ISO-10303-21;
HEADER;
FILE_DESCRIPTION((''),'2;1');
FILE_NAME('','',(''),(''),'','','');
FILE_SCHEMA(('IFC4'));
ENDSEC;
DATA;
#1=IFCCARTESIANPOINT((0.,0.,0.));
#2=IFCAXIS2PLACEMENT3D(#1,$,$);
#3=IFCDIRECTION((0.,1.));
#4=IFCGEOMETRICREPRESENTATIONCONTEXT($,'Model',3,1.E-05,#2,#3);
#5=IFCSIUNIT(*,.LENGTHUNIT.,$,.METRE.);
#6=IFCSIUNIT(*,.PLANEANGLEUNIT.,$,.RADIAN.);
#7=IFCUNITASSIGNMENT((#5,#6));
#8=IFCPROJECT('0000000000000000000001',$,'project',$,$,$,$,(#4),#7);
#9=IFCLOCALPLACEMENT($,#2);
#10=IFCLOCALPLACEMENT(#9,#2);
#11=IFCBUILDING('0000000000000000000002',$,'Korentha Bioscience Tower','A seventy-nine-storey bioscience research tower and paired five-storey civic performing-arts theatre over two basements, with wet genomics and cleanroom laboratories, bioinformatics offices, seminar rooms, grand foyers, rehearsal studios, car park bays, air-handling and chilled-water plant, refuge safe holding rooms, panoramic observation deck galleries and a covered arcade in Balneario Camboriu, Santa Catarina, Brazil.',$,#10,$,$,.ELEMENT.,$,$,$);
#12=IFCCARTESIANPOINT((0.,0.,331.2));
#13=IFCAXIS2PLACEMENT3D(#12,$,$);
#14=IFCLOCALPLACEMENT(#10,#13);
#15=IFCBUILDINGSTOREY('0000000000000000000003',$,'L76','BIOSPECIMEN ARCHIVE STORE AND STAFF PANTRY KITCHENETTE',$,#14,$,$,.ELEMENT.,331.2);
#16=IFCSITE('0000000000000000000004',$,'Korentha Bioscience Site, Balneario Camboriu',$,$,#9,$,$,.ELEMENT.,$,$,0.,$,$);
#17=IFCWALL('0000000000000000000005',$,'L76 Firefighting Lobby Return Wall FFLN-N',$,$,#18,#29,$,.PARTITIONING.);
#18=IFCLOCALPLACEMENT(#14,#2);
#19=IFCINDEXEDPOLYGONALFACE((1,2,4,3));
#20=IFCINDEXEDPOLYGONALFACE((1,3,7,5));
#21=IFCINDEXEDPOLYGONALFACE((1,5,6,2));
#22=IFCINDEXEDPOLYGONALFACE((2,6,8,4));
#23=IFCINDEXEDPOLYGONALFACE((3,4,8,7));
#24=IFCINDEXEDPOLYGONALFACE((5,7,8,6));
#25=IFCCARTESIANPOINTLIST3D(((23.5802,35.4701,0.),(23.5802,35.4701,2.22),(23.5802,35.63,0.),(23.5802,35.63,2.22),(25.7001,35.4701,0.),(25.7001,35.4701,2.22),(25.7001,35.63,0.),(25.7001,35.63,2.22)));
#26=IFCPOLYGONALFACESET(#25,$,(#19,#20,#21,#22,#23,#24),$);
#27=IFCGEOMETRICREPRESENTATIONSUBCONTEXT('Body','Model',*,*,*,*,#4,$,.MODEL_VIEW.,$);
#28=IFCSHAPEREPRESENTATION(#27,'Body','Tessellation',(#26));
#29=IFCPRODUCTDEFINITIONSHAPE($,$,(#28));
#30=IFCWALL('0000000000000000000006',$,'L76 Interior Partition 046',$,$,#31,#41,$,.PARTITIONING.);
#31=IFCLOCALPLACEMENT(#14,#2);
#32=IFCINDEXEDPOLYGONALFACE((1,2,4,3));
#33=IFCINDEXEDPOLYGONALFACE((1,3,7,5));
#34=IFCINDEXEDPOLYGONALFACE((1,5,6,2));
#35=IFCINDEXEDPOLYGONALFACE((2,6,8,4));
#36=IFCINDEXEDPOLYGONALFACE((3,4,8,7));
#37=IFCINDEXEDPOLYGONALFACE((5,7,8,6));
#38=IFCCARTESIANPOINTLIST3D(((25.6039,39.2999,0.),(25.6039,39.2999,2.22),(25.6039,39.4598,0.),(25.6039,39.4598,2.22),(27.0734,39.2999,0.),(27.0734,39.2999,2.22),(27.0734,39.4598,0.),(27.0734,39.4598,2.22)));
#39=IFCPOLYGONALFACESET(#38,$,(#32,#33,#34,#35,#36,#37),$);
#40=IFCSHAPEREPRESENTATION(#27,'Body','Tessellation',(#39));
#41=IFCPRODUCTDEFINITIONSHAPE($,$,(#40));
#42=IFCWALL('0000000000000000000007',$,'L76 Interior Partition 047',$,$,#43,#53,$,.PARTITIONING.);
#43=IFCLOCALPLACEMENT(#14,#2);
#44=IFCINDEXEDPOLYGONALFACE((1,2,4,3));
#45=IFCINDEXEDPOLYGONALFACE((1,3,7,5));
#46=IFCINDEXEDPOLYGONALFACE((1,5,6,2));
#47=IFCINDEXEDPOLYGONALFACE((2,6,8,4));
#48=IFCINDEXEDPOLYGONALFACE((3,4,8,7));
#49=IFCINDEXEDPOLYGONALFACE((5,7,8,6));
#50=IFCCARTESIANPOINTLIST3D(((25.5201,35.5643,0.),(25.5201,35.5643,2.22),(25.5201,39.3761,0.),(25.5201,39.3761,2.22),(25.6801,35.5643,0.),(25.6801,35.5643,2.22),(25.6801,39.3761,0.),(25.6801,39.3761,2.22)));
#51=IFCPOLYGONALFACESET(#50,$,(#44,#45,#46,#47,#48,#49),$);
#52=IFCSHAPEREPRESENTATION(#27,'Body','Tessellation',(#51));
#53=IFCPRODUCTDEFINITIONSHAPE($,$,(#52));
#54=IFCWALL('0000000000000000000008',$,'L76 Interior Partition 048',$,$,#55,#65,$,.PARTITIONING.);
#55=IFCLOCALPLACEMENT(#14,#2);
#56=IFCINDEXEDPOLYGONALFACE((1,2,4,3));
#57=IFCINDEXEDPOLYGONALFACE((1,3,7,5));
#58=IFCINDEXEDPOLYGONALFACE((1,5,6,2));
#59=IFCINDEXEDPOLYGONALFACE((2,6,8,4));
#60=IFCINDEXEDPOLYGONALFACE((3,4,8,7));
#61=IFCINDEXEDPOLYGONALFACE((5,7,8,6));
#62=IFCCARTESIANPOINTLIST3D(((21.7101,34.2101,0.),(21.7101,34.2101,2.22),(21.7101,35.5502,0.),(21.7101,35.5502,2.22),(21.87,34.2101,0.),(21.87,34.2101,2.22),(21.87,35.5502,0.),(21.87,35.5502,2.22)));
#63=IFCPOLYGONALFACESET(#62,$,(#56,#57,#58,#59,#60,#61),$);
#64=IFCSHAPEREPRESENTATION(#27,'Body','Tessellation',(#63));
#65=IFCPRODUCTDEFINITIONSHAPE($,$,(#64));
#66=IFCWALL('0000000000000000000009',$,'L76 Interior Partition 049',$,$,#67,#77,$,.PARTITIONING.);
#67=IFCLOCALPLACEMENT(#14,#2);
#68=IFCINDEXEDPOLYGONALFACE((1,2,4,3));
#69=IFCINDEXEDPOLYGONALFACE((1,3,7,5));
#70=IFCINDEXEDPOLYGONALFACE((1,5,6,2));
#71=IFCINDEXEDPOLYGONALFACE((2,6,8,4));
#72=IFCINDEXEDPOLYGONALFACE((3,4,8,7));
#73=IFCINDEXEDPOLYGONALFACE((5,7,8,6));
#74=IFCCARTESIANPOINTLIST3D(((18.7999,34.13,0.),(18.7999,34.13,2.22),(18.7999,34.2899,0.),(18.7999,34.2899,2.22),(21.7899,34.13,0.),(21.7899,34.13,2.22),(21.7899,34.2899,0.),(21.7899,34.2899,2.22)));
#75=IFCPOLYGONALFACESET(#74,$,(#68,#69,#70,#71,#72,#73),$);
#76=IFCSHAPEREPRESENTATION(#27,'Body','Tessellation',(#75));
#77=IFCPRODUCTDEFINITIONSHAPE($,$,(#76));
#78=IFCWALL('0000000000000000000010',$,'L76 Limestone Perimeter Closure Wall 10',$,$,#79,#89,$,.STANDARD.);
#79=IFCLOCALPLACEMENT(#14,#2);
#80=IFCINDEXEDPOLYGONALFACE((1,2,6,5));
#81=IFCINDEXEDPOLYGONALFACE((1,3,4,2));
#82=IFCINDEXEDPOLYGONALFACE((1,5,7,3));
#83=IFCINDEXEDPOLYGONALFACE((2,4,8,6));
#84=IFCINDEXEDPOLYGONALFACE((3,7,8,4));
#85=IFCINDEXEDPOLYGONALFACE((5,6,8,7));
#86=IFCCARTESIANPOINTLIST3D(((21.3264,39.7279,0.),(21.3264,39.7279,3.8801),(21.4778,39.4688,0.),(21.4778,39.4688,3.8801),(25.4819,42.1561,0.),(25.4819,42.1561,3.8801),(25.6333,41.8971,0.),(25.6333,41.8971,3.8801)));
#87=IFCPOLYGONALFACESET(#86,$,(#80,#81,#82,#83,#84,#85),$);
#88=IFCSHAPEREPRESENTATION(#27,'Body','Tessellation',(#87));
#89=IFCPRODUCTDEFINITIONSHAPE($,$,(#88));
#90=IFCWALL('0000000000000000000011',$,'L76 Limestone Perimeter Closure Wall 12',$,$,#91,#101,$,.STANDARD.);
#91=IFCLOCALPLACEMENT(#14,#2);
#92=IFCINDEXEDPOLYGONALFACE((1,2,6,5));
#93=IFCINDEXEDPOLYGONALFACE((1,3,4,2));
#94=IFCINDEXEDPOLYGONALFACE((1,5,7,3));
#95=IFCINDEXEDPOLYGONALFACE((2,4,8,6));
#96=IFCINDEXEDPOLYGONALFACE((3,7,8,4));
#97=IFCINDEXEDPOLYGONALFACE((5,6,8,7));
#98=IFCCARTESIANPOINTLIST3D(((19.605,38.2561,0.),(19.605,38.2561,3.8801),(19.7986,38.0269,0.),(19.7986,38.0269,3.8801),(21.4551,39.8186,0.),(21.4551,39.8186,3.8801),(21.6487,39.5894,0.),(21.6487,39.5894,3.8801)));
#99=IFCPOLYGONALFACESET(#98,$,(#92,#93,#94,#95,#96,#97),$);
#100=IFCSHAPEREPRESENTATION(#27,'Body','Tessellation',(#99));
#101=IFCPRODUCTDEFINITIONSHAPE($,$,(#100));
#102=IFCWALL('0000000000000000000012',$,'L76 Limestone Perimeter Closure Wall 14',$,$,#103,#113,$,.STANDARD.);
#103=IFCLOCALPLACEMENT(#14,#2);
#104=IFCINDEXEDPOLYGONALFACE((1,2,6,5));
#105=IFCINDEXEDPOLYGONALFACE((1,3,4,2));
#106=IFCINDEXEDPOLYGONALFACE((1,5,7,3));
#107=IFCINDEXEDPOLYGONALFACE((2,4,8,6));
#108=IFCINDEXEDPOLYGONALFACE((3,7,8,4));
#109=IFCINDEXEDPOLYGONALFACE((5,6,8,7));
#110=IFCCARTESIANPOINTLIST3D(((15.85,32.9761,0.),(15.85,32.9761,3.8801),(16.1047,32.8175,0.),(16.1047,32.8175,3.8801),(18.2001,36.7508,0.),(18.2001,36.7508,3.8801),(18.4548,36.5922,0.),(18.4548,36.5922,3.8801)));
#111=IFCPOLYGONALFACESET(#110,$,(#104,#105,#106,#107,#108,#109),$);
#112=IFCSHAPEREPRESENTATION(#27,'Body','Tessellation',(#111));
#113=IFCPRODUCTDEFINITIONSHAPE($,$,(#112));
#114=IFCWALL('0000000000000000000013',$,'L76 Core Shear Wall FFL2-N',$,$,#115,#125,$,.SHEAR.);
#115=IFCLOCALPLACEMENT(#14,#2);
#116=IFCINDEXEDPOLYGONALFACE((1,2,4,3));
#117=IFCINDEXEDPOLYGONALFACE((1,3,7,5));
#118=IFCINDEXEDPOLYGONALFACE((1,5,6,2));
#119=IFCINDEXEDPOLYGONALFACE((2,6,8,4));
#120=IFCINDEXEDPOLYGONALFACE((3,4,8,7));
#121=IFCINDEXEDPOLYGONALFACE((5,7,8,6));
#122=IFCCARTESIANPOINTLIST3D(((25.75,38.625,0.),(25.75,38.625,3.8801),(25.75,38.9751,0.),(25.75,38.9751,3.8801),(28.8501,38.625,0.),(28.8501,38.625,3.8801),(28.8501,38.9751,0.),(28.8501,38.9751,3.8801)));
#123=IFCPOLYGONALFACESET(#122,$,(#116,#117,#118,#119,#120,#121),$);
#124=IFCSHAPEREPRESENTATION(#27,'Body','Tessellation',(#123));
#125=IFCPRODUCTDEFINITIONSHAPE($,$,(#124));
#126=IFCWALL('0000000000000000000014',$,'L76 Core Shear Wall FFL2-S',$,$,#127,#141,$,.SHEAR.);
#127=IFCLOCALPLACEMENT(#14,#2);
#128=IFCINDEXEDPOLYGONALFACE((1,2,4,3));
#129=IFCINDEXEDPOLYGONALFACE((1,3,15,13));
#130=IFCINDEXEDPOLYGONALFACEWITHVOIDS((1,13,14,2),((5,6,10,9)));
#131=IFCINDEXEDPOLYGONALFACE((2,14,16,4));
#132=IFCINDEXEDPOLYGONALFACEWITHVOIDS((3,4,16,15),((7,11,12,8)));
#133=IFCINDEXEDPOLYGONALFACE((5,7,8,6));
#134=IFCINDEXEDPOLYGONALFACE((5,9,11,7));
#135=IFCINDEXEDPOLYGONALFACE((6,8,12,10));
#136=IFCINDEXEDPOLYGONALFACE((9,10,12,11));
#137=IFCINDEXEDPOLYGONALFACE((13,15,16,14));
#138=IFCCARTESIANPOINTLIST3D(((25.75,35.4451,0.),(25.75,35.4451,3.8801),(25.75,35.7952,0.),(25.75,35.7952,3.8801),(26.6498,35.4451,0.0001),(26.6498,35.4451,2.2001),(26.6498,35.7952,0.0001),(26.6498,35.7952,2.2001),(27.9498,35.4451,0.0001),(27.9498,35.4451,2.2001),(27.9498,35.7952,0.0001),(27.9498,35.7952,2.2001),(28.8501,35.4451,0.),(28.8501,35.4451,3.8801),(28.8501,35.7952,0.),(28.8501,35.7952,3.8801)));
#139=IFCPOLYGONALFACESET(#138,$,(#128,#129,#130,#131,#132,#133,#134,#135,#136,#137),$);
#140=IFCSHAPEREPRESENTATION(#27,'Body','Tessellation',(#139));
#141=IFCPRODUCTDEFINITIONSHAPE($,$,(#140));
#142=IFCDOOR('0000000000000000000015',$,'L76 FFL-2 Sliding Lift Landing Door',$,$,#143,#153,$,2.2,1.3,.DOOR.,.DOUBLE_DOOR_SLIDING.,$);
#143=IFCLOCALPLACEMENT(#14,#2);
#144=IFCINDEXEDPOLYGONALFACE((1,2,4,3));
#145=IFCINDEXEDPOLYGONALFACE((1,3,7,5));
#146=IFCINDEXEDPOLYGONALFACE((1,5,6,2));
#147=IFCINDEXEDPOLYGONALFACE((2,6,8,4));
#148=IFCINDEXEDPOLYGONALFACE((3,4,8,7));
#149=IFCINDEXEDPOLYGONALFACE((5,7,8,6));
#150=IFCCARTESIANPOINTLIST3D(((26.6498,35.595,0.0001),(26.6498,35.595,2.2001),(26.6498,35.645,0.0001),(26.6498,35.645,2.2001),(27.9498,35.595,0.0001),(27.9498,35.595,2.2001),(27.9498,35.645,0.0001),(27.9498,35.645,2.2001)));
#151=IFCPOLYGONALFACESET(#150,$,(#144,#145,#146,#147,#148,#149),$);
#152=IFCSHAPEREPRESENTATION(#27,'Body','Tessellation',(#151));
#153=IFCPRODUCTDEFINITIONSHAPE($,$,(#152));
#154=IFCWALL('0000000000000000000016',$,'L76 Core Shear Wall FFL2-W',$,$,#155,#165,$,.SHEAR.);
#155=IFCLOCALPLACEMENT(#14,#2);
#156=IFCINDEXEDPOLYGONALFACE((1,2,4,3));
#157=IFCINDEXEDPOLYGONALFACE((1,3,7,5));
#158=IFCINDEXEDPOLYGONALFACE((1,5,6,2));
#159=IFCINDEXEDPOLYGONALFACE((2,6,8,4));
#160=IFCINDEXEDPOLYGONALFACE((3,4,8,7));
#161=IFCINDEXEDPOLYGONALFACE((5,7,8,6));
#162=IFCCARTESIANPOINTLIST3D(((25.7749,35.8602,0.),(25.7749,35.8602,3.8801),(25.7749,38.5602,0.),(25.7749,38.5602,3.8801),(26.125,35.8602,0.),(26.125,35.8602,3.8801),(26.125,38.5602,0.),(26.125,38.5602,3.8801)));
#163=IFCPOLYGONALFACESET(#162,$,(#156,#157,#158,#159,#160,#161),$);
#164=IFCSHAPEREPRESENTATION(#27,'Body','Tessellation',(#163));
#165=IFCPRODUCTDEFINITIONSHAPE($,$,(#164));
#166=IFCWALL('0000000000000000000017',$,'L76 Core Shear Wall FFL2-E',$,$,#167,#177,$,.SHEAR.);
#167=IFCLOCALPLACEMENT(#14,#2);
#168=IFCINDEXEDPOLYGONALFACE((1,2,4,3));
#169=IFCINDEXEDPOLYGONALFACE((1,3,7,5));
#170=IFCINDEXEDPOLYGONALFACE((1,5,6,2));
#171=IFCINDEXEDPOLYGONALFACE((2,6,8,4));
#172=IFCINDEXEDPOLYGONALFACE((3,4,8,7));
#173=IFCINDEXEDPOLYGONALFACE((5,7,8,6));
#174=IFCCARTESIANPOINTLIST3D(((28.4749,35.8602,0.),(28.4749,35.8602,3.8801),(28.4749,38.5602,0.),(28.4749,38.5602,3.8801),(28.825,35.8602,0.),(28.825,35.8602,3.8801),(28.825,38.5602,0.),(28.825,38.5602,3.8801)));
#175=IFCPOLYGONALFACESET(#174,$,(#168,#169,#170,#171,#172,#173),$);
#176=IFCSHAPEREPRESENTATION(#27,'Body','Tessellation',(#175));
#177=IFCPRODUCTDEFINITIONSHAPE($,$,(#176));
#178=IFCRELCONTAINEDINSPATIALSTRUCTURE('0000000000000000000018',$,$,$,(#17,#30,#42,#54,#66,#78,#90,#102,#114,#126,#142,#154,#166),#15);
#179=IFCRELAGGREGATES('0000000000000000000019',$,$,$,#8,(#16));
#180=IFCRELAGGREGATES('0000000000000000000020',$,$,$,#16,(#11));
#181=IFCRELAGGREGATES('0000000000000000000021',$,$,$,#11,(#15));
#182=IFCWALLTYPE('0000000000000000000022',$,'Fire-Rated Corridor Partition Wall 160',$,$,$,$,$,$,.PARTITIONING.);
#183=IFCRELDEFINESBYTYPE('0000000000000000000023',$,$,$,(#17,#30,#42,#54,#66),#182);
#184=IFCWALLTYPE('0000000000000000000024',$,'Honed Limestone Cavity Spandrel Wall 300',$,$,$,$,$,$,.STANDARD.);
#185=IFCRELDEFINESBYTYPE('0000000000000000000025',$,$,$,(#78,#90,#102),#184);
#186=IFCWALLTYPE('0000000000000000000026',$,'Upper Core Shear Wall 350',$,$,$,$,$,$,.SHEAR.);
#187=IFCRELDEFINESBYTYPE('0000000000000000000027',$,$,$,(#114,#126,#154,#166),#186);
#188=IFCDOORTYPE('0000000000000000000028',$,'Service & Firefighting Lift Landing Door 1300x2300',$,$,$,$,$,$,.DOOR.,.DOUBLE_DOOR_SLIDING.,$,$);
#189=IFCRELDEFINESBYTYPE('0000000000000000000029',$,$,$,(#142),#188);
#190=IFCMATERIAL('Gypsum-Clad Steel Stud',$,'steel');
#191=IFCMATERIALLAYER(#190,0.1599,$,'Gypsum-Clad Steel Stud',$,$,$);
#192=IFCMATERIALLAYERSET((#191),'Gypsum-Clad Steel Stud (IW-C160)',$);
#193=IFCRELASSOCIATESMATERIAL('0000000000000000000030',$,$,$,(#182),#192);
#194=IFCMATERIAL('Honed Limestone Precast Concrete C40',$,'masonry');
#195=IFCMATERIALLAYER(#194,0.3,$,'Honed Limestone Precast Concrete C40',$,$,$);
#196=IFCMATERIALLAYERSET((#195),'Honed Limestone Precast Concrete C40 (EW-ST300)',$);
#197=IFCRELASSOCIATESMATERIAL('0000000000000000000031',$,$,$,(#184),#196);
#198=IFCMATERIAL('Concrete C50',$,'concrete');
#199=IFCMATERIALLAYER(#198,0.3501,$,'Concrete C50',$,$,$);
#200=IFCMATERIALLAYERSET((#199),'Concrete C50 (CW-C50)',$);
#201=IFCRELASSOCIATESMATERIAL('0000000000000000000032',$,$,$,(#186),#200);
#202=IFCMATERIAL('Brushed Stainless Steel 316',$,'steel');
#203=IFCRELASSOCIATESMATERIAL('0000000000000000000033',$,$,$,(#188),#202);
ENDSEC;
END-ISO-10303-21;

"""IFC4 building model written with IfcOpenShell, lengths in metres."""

from ifc_helpers import new_model, si_unit, direction, frame, frame_2d, origin, place, context, subcontext, project, spatial, rectangle, extrude, material, layer, layer_set, type_object, element, fill, save


model = new_model("IFC4")

# Units and contexts
model_context = context("Model", 3, precision=1e-05, world=origin(), true_north=direction((0.0, 1.0)))
body_context = subcontext(model_context, "Body", "Model", "MODEL_VIEW")
ifc_project = project(units=[si_unit("LENGTHUNIT", "METRE"), si_unit("PLANEANGLEUNIT", "RADIAN")], contexts=[model_context])

# Site, building, storey
site_placement = place(None, origin())
site = spatial("IfcSite", under=ifc_project, at=site_placement, Name="Korentha Bioscience Site, Balneario Camboriu", CompositionType="ELEMENT", RefElevation=0.0)
building_placement = place(site_placement, origin())
building = spatial("IfcBuilding", under=site, at=building_placement, Name="Korentha Bioscience Tower", Description="A seventy-nine-storey bioscience research tower and paired five-storey civic performing-arts theatre over two basements, with wet genomics and cleanroom laboratories, bioinformatics offices, seminar rooms, grand foyers, rehearsal studios, car park bays, air-handling and chilled-water plant, refuge safe holding rooms, panoramic observation deck galleries and a covered arcade in Balneario Camboriu, Santa Catarina, Brazil.", CompositionType="ELEMENT")
storey_placement = place(building_placement, frame((0.0, 0.0, 331.2)))
storey = spatial("IfcBuildingStorey", under=building, at=storey_placement, Name="L76", Description="BIOSPECIMEN ARCHIVE STORE AND STAFF PANTRY KITCHENETTE", CompositionType="ELEMENT", Elevation=331.2)

# Shared definitions
ifc_material_1 = material(Name="Concrete C50", Category="concrete")

# Wall
ifc_material_2 = material(Name="Gypsum-Clad Steel Stud", Category="steel")
ifc_layer_1 = layer(ifc_material_2, 0.1599, Name="Gypsum-Clad Steel Stud")
ifc_layer_set_1 = layer_set([ifc_layer_1], Name="Gypsum-Clad Steel Stud (IW-C160)")
wall_type_1 = type_object("IfcWallType", Name="Fire-Rated Corridor Partition Wall 160", PredefinedType="PARTITIONING", material=ifc_layer_set_1)
wall_1_placement = place(storey_placement, frame((23.5801, 35.55, 0.0), z_axis=(0.0, 0.0, 1.0), x_axis=(1.0, 0.0, 0.0)))
element("IfcWall", 1, at=wall_1_placement, inside=storey, type_object=wall_type_1, Name="L76 Firefighting Lobby Return Wall FFLN-N", PredefinedType="PARTITIONING", context=body_context, shape_type="SweptSolid", body=[
    extrude(rectangle(XDim=2.1199, YDim=0.1599, at=frame_2d((1.0601, 0.0))), origin(), (0.0, 0.0, 1.0), 2.22),
])

# Walls
wall_2_placement = place(storey_placement, frame((27.0735, 39.3799, 0.0), z_axis=(0.0, 0.0, 1.0), x_axis=(-1.0, 0.0, 0.0)))
element("IfcWall", 2, at=wall_2_placement, inside=storey, type_object=wall_type_1, Name="L76 Interior Partition 046", PredefinedType="PARTITIONING", context=body_context, shape_type="SweptSolid", body=[
    extrude(rectangle(XDim=1.4695, YDim=0.1599, at=frame_2d((0.7349, 0.0))), origin(), (0.0, 0.0, 1.0), 2.22),
])
wall_3_placement = place(storey_placement, frame((25.6001, 39.376, 0.0), z_axis=(0.0, 0.0, 1.0), x_axis=(0.0, -1.0, 0.0)))
element("IfcWall", 3, at=wall_3_placement, inside=storey, type_object=wall_type_1, Name="L76 Interior Partition 047", PredefinedType="PARTITIONING", context=body_context, shape_type="SweptSolid", body=[
    extrude(rectangle(XDim=3.8118, YDim=0.1599, at=frame_2d((1.9058, 0.0))), origin(), (0.0, 0.0, 1.0), 2.22),
])
wall_4_placement = place(storey_placement, frame((21.79, 35.55, 0.0), z_axis=(0.0, 0.0, 1.0), x_axis=(0.0, -1.0, 0.0)))
element("IfcWall", 4, at=wall_4_placement, inside=storey, type_object=wall_type_1, Name="L76 Interior Partition 048", PredefinedType="PARTITIONING", context=body_context, shape_type="SweptSolid", body=[
    extrude(rectangle(XDim=1.3401, YDim=0.1599, at=frame_2d((0.6699, 0.0))), origin(), (0.0, 0.0, 1.0), 2.22),
])
wall_5_placement = place(storey_placement, frame((21.79, 34.21, 0.0), z_axis=(0.0, 0.0, 1.0), x_axis=(-1.0, 0.0, 0.0)))
element("IfcWall", 5, at=wall_5_placement, inside=storey, type_object=wall_type_1, Name="L76 Interior Partition 049", PredefinedType="PARTITIONING", context=body_context, shape_type="SweptSolid", body=[
    extrude(rectangle(XDim=2.99, YDim=0.1599, at=frame_2d((1.4951, 0.0))), origin(), (0.0, 0.0, 1.0), 2.22),
])
ifc_material_3 = material(Name="Honed Limestone Precast Concrete C40", Category="masonry")
ifc_layer_2 = layer(ifc_material_3, 0.3, Name="Honed Limestone Precast Concrete C40")
ifc_layer_set_2 = layer_set([ifc_layer_2], Name="Honed Limestone Precast Concrete C40 (EW-ST300)")
wall_type_2 = type_object("IfcWallType", Name="Honed Limestone Cavity Spandrel Wall 300", PredefinedType="STANDARD", material=ifc_layer_set_2)
wall_6_placement = place(storey_placement, frame((25.5576, 42.0266, 0.0), z_axis=(0.0, 0.0, 1.0), x_axis=(-0.863402, -0.504517, 0.0)))
element("IfcWall", 6, at=wall_6_placement, inside=storey, type_object=wall_type_2, Name="L76 Limestone Perimeter Closure Wall 10", PredefinedType="STANDARD", context=body_context, shape_type="SweptSolid", body=[
    extrude(rectangle(XDim=4.813, YDim=0.3, at=frame_2d((2.4065, 0.0))), origin(), (0.0, 0.0, 1.0), 3.8801),
])
wall_7_placement = place(storey_placement, frame((21.552, 39.7041, 0.0), z_axis=(0.0, 0.0, 1.0), x_axis=(-0.76399, -0.645228, 0.0)))
element("IfcWall", 7, at=wall_7_placement, inside=storey, type_object=wall_type_2, Name="L76 Limestone Perimeter Closure Wall 12", PredefinedType="STANDARD", context=body_context, shape_type="SweptSolid", body=[
    extrude(rectangle(XDim=2.4216, YDim=0.3, at=frame_2d((1.2109, 0.0))), origin(), (0.0, 0.0, 1.0), 3.8801),
])
wall_8_placement = place(storey_placement, frame((18.3274, 36.6714, 0.0), z_axis=(0.0, 0.0, 1.0), x_axis=(-0.528532, -0.848913, 0.0)))
element("IfcWall", 8, at=wall_8_placement, inside=storey, type_object=wall_type_2, Name="L76 Limestone Perimeter Closure Wall 14", PredefinedType="STANDARD", context=body_context, shape_type="SweptSolid", body=[
    extrude(rectangle(XDim=4.4465, YDim=0.3, at=frame_2d((2.2231, 0.0))), origin(), (0.0, 0.0, 1.0), 3.8801),
])
ifc_layer_3 = layer(ifc_material_1, 0.3501, Name="Concrete C50")
ifc_layer_set_3 = layer_set([ifc_layer_3], Name="Concrete C50 (CW-C50)")
wall_type_3 = type_object("IfcWallType", Name="Upper Core Shear Wall 350", PredefinedType="SHEAR", material=ifc_layer_set_3)
wall_9_placement = place(storey_placement, frame((25.75, 38.8, 0.0), z_axis=(0.0, 0.0, 1.0), x_axis=(1.0, 0.0, 0.0)))
element("IfcWall", 9, at=wall_9_placement, inside=storey, type_object=wall_type_3, Name="L76 Core Shear Wall FFL2-N", PredefinedType="SHEAR", context=body_context, shape_type="SweptSolid", body=[
    extrude(rectangle(XDim=3.1001, YDim=0.3501, at=frame_2d((1.55, 0.0))), origin(), (0.0, 0.0, 1.0), 3.8801),
])

# Wall, opening, door
wall_10_placement = place(storey_placement, frame((25.75, 35.6201, 0.0), z_axis=(0.0, 0.0, 1.0), x_axis=(1.0, 0.0, 0.0)))
wall_10 = element("IfcWall", 10, at=wall_10_placement, inside=storey, type_object=wall_type_3, Name="L76 Core Shear Wall FFL2-S", PredefinedType="SHEAR", context=body_context, shape_type="SweptSolid", body=[
    extrude(rectangle(XDim=3.1001, YDim=0.3501, at=frame_2d((1.55, 0.0))), origin(), (0.0, 0.0, 1.0), 3.8801),
])
opening_1_placement = place(wall_10_placement, frame((0.8999, 0.0, 0.0)))
opening_1 = element("IfcOpeningElement", 11, at=opening_1_placement, cuts=wall_10, PredefinedType="OPENING", context=body_context, shape_type="SweptSolid", body=[
    extrude(rectangle(XDim=1.3, YDim=2.2, at=frame_2d((0.6499, 1.1001))), frame((0.0, 0.1899, 0.0), z_axis=(0.0, -1.0, 0.0), x_axis=(1.0, 0.0, 0.0)), (0.0, 0.0, 1.0), 0.3799),
])
ifc_material_4 = material(Name="Brushed Stainless Steel 316", Category="steel")
door_type_1 = type_object("IfcDoorType", Name="Service & Firefighting Lift Landing Door 1300x2300", OperationType="DOUBLE_DOOR_SLIDING", PredefinedType="DOOR", material=ifc_material_4)
door_1_placement = place(opening_1_placement, origin())
door_1 = element("IfcDoor", 12, at=door_1_placement, inside=storey, type_object=door_type_1, Name="L76 FFL-2 Sliding Lift Landing Door", OperationType="DOUBLE_DOOR_SLIDING", OverallHeight=2.2, OverallWidth=1.3, PredefinedType="DOOR", context=body_context, shape_type="SweptSolid", body=[
    extrude(rectangle(XDim=1.3, YDim=2.2, at=frame_2d((0.6499, 1.1001))), frame((0.0, 0.0249, 0.0), z_axis=(0.0, -1.0, 0.0), x_axis=(1.0, 0.0, 0.0)), (0.0, 0.0, 1.0), 0.05),
])
fill(opening_1, door_1)

# Walls
for number, where, z_axis, x_axis, name in (
    (13, (25.95, 35.8601, 0.0), (0.0, 0.0, 1.0), (0.0, 1.0, 0.0), "L76 Core Shear Wall FFL2-W"),
    (14, (28.6499, 35.8601, 0.0), (0.0, 0.0, 1.0), (0.0, 1.0, 0.0), "L76 Core Shear Wall FFL2-E"),
):
    element("IfcWall", number, at=place(storey_placement, frame(where, z_axis=z_axis, x_axis=x_axis)), inside=storey, type_object=wall_type_3, Name=name, PredefinedType="SHEAR", context=body_context, shape_type="SweptSolid", body=[
        extrude(rectangle(XDim=2.7, YDim=0.3501, at=frame_2d((1.3501, 0.0))), origin(), (0.0, 0.0, 1.0), 3.8801),
    ])

save(model, "model.ifc")
